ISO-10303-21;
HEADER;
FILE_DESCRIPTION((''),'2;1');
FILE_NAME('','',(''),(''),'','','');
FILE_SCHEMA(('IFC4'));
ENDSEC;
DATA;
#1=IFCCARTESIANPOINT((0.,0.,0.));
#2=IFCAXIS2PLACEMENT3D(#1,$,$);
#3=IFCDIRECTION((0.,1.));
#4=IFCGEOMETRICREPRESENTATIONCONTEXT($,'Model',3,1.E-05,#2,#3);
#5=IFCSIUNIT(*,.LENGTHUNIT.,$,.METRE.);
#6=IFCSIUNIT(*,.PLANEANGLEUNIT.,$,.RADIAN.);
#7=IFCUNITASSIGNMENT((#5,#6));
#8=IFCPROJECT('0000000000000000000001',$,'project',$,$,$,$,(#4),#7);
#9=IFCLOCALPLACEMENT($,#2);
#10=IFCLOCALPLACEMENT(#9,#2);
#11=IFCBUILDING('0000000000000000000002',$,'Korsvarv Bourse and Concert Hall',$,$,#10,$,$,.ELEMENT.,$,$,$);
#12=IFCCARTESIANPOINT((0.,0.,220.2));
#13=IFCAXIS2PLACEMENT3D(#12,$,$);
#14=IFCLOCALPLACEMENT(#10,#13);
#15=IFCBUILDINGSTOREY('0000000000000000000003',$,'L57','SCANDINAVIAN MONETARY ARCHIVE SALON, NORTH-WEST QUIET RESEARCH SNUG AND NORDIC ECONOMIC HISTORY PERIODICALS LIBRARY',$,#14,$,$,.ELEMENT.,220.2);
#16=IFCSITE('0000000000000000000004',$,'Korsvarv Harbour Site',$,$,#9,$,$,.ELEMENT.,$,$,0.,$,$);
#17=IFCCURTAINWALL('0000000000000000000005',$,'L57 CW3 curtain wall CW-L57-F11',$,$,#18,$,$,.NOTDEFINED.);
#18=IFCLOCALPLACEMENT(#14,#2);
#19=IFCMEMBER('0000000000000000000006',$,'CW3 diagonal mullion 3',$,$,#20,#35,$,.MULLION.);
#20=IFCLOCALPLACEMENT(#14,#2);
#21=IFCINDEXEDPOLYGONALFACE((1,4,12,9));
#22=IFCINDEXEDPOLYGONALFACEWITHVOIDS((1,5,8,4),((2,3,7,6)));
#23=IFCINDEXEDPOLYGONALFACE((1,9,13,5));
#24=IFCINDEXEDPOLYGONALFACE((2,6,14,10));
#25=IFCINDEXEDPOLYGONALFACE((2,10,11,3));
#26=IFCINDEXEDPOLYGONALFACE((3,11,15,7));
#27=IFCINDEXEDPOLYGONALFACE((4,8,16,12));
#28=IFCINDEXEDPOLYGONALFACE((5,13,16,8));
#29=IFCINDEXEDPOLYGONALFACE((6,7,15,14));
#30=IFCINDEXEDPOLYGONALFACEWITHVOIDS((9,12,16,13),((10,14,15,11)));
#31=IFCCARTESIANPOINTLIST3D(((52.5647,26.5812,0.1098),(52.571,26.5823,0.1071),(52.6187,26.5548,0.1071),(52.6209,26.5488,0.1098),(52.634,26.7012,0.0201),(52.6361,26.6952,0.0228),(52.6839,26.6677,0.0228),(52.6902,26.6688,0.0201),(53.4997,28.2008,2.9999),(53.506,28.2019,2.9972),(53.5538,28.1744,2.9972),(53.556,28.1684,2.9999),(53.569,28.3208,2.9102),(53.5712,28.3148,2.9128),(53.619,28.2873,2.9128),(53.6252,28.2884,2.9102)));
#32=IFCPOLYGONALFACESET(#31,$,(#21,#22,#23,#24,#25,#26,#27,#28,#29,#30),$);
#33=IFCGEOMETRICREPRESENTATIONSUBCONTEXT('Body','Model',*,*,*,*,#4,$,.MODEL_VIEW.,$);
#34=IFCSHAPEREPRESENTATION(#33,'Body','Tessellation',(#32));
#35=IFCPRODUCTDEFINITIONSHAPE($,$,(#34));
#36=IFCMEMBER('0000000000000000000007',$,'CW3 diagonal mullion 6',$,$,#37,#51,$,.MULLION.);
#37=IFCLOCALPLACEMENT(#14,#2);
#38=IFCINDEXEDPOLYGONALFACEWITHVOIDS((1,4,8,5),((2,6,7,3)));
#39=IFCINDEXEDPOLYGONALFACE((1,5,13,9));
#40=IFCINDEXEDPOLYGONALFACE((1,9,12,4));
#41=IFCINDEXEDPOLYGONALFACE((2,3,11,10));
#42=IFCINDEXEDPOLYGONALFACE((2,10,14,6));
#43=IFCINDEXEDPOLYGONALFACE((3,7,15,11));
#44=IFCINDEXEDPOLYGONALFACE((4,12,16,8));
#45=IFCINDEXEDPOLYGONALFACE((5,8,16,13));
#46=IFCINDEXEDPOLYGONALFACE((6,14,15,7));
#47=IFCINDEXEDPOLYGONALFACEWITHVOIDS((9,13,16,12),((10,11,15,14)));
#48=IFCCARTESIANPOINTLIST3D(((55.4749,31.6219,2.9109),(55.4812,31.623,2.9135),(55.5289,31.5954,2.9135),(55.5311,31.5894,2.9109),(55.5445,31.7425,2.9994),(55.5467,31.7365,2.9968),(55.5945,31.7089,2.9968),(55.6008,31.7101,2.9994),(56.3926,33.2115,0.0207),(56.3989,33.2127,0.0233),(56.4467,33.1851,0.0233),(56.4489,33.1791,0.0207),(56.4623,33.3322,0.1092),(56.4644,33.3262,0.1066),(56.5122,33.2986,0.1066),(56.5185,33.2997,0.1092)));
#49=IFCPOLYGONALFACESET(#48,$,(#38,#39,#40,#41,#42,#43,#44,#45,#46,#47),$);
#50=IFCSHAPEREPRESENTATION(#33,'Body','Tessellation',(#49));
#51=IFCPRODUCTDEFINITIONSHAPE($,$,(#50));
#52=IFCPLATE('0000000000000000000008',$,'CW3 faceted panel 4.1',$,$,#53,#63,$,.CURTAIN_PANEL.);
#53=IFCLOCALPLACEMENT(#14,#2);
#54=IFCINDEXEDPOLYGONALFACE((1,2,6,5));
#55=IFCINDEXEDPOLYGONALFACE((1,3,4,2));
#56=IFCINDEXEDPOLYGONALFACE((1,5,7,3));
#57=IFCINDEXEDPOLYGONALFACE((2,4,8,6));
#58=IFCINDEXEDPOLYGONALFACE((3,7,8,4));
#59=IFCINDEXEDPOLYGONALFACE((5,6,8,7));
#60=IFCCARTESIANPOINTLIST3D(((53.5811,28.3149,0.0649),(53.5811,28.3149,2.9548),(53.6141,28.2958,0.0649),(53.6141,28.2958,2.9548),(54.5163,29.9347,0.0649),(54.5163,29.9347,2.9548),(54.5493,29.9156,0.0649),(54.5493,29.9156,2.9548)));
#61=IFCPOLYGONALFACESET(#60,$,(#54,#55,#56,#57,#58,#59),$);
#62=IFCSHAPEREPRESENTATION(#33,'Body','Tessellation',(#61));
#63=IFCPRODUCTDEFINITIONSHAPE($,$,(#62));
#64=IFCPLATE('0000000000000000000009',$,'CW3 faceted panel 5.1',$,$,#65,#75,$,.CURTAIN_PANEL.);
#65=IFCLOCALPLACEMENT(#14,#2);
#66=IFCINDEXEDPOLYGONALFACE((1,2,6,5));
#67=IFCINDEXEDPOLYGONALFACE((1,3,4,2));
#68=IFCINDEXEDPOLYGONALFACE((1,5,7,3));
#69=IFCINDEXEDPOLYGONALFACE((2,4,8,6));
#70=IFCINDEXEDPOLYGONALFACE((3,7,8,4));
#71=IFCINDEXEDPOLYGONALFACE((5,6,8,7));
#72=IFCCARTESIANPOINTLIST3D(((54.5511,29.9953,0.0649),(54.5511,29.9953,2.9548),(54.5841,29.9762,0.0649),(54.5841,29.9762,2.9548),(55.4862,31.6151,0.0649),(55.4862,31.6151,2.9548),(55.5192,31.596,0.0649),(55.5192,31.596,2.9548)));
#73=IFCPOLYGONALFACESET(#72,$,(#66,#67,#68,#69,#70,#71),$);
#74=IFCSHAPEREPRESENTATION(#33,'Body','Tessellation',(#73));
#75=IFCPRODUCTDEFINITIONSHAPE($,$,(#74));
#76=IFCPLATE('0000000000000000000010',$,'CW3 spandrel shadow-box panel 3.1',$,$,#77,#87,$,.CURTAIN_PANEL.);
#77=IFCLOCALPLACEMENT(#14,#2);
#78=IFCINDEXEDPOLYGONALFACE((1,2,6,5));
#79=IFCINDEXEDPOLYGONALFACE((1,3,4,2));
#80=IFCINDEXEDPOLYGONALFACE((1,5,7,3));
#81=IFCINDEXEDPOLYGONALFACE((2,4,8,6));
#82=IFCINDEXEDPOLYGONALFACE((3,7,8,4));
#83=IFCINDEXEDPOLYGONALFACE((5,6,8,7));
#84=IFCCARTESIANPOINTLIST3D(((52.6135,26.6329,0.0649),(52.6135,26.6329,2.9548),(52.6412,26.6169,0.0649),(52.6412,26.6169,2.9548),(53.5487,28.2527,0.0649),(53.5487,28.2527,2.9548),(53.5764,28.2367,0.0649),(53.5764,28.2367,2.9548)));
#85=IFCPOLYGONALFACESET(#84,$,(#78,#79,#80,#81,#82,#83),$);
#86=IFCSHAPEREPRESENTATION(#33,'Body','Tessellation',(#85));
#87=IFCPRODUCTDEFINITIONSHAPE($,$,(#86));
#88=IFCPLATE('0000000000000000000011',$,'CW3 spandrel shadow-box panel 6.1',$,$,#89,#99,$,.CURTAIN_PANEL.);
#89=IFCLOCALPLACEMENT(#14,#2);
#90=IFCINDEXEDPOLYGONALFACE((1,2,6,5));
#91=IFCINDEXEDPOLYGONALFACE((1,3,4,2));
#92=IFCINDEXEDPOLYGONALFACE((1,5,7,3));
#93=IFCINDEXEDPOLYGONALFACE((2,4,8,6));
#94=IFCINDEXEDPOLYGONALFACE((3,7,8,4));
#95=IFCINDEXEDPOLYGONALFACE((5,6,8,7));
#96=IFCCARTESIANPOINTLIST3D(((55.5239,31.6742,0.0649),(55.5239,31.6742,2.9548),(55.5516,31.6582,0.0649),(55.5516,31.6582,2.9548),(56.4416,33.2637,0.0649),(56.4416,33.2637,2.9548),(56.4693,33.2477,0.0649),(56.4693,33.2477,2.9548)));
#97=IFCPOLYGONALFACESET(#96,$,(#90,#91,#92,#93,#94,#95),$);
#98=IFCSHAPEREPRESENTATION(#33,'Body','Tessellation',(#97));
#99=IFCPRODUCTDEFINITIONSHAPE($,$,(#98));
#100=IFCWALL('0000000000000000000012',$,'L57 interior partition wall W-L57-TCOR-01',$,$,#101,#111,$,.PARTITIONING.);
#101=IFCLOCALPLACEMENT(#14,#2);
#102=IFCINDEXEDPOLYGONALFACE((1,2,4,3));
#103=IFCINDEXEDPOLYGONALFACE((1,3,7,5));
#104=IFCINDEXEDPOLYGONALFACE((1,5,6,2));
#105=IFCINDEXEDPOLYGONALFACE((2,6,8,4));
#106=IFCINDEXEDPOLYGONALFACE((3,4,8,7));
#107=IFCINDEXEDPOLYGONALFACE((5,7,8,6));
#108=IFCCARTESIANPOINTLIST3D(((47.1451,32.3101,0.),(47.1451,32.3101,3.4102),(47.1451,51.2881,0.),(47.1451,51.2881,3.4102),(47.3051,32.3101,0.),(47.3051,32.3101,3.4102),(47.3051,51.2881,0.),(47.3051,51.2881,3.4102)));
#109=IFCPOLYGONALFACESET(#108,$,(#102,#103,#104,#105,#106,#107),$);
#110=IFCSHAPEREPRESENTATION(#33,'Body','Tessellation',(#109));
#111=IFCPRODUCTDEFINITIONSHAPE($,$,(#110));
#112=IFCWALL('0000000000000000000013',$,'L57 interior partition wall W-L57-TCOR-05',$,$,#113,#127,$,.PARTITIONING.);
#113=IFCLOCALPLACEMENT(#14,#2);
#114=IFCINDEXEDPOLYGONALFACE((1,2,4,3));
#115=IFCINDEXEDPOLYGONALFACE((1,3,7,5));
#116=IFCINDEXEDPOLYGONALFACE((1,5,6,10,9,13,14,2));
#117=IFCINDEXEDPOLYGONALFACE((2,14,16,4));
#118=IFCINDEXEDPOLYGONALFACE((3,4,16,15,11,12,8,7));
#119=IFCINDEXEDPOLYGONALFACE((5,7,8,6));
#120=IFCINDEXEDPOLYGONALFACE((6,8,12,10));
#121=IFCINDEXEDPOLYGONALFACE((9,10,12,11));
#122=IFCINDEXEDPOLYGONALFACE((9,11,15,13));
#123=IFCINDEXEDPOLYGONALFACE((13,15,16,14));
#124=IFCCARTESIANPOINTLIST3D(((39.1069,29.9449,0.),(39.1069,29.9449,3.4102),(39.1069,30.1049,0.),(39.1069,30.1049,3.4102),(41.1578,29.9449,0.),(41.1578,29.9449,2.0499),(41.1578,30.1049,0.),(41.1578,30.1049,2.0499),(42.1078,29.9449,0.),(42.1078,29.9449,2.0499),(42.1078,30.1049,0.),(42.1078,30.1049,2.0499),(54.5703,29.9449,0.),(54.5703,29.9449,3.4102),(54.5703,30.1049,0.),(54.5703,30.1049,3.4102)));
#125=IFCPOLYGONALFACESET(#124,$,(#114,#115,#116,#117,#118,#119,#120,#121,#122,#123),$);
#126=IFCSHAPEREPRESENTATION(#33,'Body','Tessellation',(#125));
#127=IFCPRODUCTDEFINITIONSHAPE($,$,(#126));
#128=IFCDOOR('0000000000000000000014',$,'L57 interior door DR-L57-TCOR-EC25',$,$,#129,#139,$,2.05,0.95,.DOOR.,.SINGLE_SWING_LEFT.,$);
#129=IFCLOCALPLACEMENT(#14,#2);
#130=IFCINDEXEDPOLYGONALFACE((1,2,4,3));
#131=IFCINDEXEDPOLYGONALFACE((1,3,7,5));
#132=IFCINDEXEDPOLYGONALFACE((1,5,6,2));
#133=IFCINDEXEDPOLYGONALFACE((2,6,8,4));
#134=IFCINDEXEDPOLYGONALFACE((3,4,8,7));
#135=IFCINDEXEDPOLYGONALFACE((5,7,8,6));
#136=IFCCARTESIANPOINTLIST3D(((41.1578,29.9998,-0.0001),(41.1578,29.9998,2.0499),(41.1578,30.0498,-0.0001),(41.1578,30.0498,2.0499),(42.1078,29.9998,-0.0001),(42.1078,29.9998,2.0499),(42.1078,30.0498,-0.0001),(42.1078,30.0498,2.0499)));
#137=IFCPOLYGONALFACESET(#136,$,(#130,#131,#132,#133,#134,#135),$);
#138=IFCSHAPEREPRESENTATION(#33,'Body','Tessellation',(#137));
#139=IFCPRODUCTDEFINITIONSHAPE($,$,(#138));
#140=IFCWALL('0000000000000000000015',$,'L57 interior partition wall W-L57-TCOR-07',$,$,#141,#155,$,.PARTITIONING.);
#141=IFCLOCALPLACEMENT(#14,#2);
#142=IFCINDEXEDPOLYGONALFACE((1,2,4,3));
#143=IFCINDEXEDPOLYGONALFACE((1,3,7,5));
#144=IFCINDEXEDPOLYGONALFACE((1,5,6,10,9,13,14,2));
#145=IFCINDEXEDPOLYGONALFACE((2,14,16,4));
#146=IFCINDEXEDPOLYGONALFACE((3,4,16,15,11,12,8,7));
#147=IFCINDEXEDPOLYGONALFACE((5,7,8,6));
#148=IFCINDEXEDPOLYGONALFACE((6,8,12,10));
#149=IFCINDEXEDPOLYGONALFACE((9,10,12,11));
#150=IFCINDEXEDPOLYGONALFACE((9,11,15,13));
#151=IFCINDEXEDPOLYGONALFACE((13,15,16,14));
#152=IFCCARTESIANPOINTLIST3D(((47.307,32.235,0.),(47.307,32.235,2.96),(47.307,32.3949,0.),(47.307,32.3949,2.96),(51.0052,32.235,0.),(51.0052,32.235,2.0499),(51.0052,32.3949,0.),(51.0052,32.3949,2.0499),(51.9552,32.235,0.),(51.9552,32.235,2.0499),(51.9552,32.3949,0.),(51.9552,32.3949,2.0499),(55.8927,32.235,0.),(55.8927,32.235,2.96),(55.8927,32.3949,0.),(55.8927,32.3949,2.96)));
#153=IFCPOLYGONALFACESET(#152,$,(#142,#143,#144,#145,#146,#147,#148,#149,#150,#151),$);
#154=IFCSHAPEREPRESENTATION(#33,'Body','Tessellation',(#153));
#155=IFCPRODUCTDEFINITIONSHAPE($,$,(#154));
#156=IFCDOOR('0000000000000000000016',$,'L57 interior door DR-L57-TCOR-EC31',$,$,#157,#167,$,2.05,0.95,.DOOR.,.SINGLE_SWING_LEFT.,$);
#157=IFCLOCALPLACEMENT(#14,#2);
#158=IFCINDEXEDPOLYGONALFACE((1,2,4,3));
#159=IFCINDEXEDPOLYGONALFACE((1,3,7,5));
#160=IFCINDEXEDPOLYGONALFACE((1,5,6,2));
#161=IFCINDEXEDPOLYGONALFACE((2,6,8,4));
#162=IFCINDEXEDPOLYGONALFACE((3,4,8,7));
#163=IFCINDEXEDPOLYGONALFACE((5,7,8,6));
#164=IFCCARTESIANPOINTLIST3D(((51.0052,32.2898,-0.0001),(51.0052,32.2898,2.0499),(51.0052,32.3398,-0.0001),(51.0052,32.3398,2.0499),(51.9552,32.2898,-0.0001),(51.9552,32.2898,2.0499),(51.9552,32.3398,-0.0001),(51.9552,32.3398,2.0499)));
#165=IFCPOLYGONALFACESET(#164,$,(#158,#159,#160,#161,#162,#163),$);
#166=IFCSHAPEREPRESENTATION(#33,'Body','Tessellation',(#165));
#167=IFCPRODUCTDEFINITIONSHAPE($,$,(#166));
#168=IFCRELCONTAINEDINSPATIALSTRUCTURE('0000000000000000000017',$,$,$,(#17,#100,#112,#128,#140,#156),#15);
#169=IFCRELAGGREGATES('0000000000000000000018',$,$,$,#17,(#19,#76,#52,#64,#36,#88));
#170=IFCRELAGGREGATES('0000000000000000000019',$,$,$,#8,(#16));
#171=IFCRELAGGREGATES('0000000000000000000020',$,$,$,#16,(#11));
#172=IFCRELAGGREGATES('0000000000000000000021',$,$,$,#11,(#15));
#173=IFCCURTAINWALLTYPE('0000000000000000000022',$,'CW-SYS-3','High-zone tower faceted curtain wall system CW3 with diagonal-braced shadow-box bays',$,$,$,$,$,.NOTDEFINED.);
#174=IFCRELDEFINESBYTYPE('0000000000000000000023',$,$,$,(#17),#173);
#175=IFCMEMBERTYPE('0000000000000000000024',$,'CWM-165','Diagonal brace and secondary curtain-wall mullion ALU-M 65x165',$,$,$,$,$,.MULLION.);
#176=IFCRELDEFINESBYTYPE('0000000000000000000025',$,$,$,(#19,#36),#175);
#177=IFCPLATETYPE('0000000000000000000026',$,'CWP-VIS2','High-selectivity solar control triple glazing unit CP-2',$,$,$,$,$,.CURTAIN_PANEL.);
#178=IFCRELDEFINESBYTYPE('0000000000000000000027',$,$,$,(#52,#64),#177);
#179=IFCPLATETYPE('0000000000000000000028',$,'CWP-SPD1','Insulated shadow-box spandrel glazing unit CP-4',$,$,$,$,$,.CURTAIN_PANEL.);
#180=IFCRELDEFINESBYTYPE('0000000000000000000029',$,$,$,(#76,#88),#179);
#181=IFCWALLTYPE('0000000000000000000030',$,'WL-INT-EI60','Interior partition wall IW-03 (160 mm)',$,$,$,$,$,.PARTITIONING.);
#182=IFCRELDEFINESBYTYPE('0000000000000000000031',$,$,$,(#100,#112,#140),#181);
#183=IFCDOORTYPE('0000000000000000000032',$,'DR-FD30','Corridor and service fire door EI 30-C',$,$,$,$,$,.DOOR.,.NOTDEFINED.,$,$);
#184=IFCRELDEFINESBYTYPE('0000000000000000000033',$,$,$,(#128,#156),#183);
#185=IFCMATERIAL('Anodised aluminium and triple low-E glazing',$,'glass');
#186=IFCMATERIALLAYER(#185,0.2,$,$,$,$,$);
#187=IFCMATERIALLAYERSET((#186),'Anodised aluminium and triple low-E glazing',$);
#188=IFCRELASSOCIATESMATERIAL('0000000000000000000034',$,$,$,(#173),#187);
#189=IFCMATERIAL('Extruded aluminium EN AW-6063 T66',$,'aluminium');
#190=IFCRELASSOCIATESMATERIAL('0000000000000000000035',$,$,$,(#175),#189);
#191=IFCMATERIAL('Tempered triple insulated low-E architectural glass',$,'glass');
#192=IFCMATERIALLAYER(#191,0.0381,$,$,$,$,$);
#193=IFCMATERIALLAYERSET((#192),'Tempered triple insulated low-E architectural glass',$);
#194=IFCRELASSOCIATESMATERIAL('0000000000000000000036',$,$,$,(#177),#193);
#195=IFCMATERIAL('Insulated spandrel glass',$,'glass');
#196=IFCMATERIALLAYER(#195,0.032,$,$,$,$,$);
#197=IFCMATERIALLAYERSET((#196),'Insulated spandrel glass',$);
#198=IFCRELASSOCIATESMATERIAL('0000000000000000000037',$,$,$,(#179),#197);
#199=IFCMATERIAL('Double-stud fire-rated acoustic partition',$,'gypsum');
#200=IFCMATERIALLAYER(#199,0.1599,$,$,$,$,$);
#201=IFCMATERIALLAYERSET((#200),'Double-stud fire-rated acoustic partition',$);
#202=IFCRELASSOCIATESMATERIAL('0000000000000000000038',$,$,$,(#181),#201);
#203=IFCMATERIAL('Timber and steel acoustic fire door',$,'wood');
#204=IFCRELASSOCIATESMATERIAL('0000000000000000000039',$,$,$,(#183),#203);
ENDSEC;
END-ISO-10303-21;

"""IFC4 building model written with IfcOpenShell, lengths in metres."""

from ifc_helpers import new_model, si_unit, direction, frame, frame_2d, origin, origin_2d, place, context, subcontext, project, spatial, rectangle, hollow_rectangle, extrude, source, transform, mapped, material, layer, layer_set, material_profile, profile_set, type_object, element, fill, aggregate, save


model = new_model("IFC4")

# Units and contexts
model_context = context("Model", 3, precision=1e-05, world=origin(), true_north=direction((0.0, 1.0)))
body_context = subcontext(model_context, "Body", "Model", "MODEL_VIEW")
ifc_project = project(units=[si_unit("LENGTHUNIT", "METRE"), si_unit("PLANEANGLEUNIT", "RADIAN")], contexts=[model_context])

# Site, building, storey
site_placement = place(None, origin())
site = spatial("IfcSite", under=ifc_project, at=site_placement, Name="Korsvarv Harbour Site", CompositionType="ELEMENT", RefElevation=0.0)
building_placement = place(site_placement, origin())
building = spatial("IfcBuilding", under=site, at=building_placement, Name="Korsvarv Bourse and Concert Hall", CompositionType="ELEMENT")
storey_placement = place(building_placement, frame((0.0, 0.0, 220.2)))
storey = spatial("IfcBuildingStorey", under=building, at=storey_placement, Name="L57", Description="SCANDINAVIAN MONETARY ARCHIVE SALON, NORTH-WEST QUIET RESEARCH SNUG AND NORDIC ECONOMIC HISTORY PERIODICALS LIBRARY", CompositionType="ELEMENT", Elevation=220.2)

# Curtain wall, members, plates
ifc_material_1 = material(Name="Anodised aluminium and triple low-E glazing", Category="glass")
ifc_layer_1 = layer(ifc_material_1, 0.2)
ifc_layer_set_1 = layer_set([ifc_layer_1], Name="Anodised aluminium and triple low-E glazing")
curtain_wall_type = type_object("IfcCurtainWallType", Name="CW-SYS-3", Description="High-zone tower faceted curtain wall system CW3 with diagonal-braced shadow-box bays", PredefinedType="NOTDEFINED", material=ifc_layer_set_1)
curtain_wall_placement = place(storey_placement, origin())
curtain_wall = element("IfcCurtainWall", 1, at=curtain_wall_placement, inside=storey, type_object=curtain_wall_type, Name="L57 CW3 curtain wall CW-L57-F11", PredefinedType="NOTDEFINED")
ifc_material_2 = material(Name="Extruded aluminium EN AW-6063 T66", Category="aluminium")
ifc_material_profile_1 = material_profile(ifc_material_2, hollow_rectangle(XDim=0.0649, YDim=0.165, WallThickness=0.0049, at=origin_2d()), Name="ALU-M 65x165")
ifc_profile_set_1 = profile_set([ifc_material_profile_1], Name="Extruded aluminium EN AW-6063 T66")
member_type_1 = type_object("IfcMemberType", Name="CWM-165", Description="Diagonal brace and secondary curtain-wall mullion ALU-M 65x165", PredefinedType="MULLION", material=ifc_profile_set_1)
shared_shape_1 = source(origin(), body_context, "Body", "SweptSolid", [
    extrude(hollow_rectangle(XDim=0.0649, YDim=0.165, WallThickness=0.0049, at=origin_2d()), origin(), (0.0, 0.0, 1.0), 3.4424),
])
member_1_placement = place(storey_placement, frame((52.6274, 26.625, 0.0649), z_axis=(0.271626, 0.470488, 0.839559), x_axis=(-0.866033, 0.499986, 0.0)))
member_1 = element("IfcMember", 2, at=member_1_placement, type_object=member_type_1, Name="CW3 diagonal mullion 3", PredefinedType="MULLION", context=body_context, shape_type="MappedRepresentation", body=[
    mapped(shared_shape_1, transform((0.0, 0.0, 0.0), scale=1.0)),
])
shared_shape_2 = source(origin(), body_context, "Body", "SweptSolid", [
    extrude(hollow_rectangle(XDim=0.0649, YDim=0.165, WallThickness=0.0049, at=origin_2d()), origin(), (0.0, 0.0, 1.0), 3.4238),
])
member_2_placement = place(storey_placement, frame((56.4556, 33.2556, 0.0649), z_axis=(-0.268048, -0.464289, 0.844148), x_axis=(0.866033, -0.499987, 0.0)))
member_2 = element("IfcMember", 3, at=member_2_placement, type_object=member_type_1, Name="CW3 diagonal mullion 6", PredefinedType="MULLION", context=body_context, shape_type="MappedRepresentation", body=[
    mapped(shared_shape_2, transform((0.0, 0.0, 0.0), scale=1.0)),
])
ifc_material_3 = material(Name="Tempered triple insulated low-E architectural glass", Category="glass")
ifc_layer_2 = layer(ifc_material_3, 0.0381)
ifc_layer_set_2 = layer_set([ifc_layer_2], Name="Tempered triple insulated low-E architectural glass")
plate_type_1 = type_object("IfcPlateType", Name="CWP-VIS2", Description="High-selectivity solar control triple glazing unit CP-2", PredefinedType="CURTAIN_PANEL", material=ifc_layer_set_2)
shared_shape_3 = source(origin(), body_context, "Body", "SweptSolid", [
    extrude(rectangle(XDim=1.8704, YDim=0.0381, at=origin_2d()), origin(), (0.0, 0.0, 1.0), 2.8899),
])
plate_1_placement = place(storey_placement, frame((54.0652, 29.1152, 0.0649), z_axis=(0.0, 0.0, 1.0), x_axis=(0.499992, 0.86603, 0.0)))
plate_1 = element("IfcPlate", 4, at=plate_1_placement, type_object=plate_type_1, Name="CW3 faceted panel 4.1", PredefinedType="CURTAIN_PANEL", context=body_context, shape_type="MappedRepresentation", body=[
    mapped(shared_shape_3, transform((0.0, 0.0, 0.0), scale=1.0)),
])
plate_2_placement = place(storey_placement, frame((55.0352, 30.7957, 0.0649), z_axis=(0.0, 0.0, 1.0), x_axis=(0.499992, 0.86603, 0.0)))
plate_2 = element("IfcPlate", 5, at=plate_2_placement, type_object=plate_type_1, Name="CW3 faceted panel 5.1", PredefinedType="CURTAIN_PANEL", context=body_context, shape_type="MappedRepresentation", body=[
    mapped(shared_shape_3, transform((0.0, 0.0, 0.0), scale=1.0)),
])
ifc_material_4 = material(Name="Insulated spandrel glass", Category="glass")
ifc_layer_3 = layer(ifc_material_4, 0.032)
ifc_layer_set_3 = layer_set([ifc_layer_3], Name="Insulated spandrel glass")
plate_type_2 = type_object("IfcPlateType", Name="CWP-SPD1", Description="Insulated shadow-box spandrel glazing unit CP-4", PredefinedType="CURTAIN_PANEL", material=ifc_layer_set_3)
shared_shape_4 = source(origin(), body_context, "Body", "SweptSolid", [
    extrude(rectangle(XDim=1.8704, YDim=0.032, at=origin_2d()), origin(), (0.0, 0.0, 1.0), 2.8899),
])
plate_3_placement = place(storey_placement, frame((53.095, 27.4348, 0.0649), z_axis=(0.0, 0.0, 1.0), x_axis=(0.499992, 0.86603, 0.0)))
plate_3 = element("IfcPlate", 6, at=plate_3_placement, type_object=plate_type_2, Name="CW3 spandrel shadow-box panel 3.1", PredefinedType="CURTAIN_PANEL", context=body_context, shape_type="MappedRepresentation", body=[
    mapped(shared_shape_4, transform((0.0, 0.0, 0.0), scale=1.0)),
])
shared_shape_5 = source(origin(), body_context, "Body", "SweptSolid", [
    extrude(rectangle(XDim=1.8354, YDim=0.032, at=origin_2d()), origin(), (0.0, 0.0, 1.0), 2.8899),
])
plate_4_placement = place(storey_placement, frame((55.9966, 32.4609, 0.0649), z_axis=(0.0, 0.0, 1.0), x_axis=(0.499992, 0.86603, 0.0)))
plate_4 = element("IfcPlate", 7, at=plate_4_placement, type_object=plate_type_2, Name="CW3 spandrel shadow-box panel 6.1", PredefinedType="CURTAIN_PANEL", context=body_context, shape_type="MappedRepresentation", body=[
    mapped(shared_shape_5, transform((0.0, 0.0, 0.0), scale=1.0)),
])
aggregate(curtain_wall, [member_1, plate_3, plate_1, plate_2, member_2, plate_4])

# Wall
ifc_material_5 = material(Name="Double-stud fire-rated acoustic partition", Category="gypsum")
ifc_layer_4 = layer(ifc_material_5, 0.1599)
ifc_layer_set_4 = layer_set([ifc_layer_4], Name="Double-stud fire-rated acoustic partition")
wall_type_1 = type_object("IfcWallType", Name="WL-INT-EI60", Description="Interior partition wall IW-03 (160 mm)", PredefinedType="PARTITIONING", material=ifc_layer_set_4)
wall_1_placement = place(storey_placement, frame((47.2251, 32.3101, 0.0), z_axis=(0.0, 0.0, 1.0), x_axis=(0.0, 1.0, 0.0)))
element("IfcWall", 8, at=wall_1_placement, inside=storey, type_object=wall_type_1, Name="L57 interior partition wall W-L57-TCOR-01", PredefinedType="PARTITIONING", context=body_context, shape_type="SweptSolid", body=[
    extrude(rectangle(XDim=18.978, YDim=0.1599, at=frame_2d((9.489, 0.0))), origin(), (0.0, 0.0, 1.0), 3.4102),
])

# Walls, openings, doors
wall_2_placement = place(storey_placement, frame((39.1069, 30.0249, 0.0), z_axis=(0.0, 0.0, 1.0), x_axis=(1.0, 0.0, 0.0)))
wall_2 = element("IfcWall", 9, at=wall_2_placement, inside=storey, type_object=wall_type_1, Name="L57 interior partition wall W-L57-TCOR-05", PredefinedType="PARTITIONING", context=body_context, shape_type="SweptSolid", body=[
    extrude(rectangle(XDim=15.4634, YDim=0.1599, at=frame_2d((7.7317, 0.0))), origin(), (0.0, 0.0, 1.0), 3.4102),
])
opening_1_placement = place(wall_2_placement, frame((2.0508, 0.0, 0.0)))
opening_1 = element("IfcOpeningElement", 10, at=opening_1_placement, cuts=wall_2, PredefinedType="OPENING", context=body_context, shape_type="SweptSolid", body=[
    extrude(rectangle(XDim=0.95, YDim=2.05, at=frame_2d((0.4751, 1.0249))), frame((0.0, 0.0898, 0.0), z_axis=(0.0, -1.0, 0.0), x_axis=(1.0, 0.0, 0.0)), (0.0, 0.0, 1.0), 0.1799),
])
ifc_material_6 = material(Name="Timber and steel acoustic fire door", Category="wood")
door_type = type_object("IfcDoorType", Name="DR-FD30", Description="Corridor and service fire door EI 30-C", OperationType="NOTDEFINED", PredefinedType="DOOR", material=ifc_material_6)
door_1_placement = place(opening_1_placement, origin())
door_1 = element("IfcDoor", 11, at=door_1_placement, inside=storey, type_object=door_type, Name="L57 interior door DR-L57-TCOR-EC25", OperationType="SINGLE_SWING_LEFT", OverallHeight=2.05, OverallWidth=0.95, PredefinedType="DOOR", context=body_context, shape_type="SweptSolid", body=[
    extrude(rectangle(XDim=0.95, YDim=2.05, at=frame_2d((0.4751, 1.0249))), frame((0.0, 0.0249, 0.0), z_axis=(0.0, -1.0, 0.0), x_axis=(1.0, 0.0, 0.0)), (0.0, 0.0, 1.0), 0.05),
])
fill(opening_1, door_1)
wall_3_placement = place(storey_placement, frame((47.3069, 32.3149, 0.0), z_axis=(0.0, 0.0, 1.0), x_axis=(1.0, 0.0, 0.0)))
wall_3 = element("IfcWall", 12, at=wall_3_placement, inside=storey, type_object=wall_type_1, Name="L57 interior partition wall W-L57-TCOR-07", PredefinedType="PARTITIONING", context=body_context, shape_type="SweptSolid", body=[
    extrude(rectangle(XDim=8.5857, YDim=0.1599, at=frame_2d((4.293, 0.0))), origin(), (0.0, 0.0, 1.0), 2.96),
])
opening_2_placement = place(wall_3_placement, frame((3.6982, 0.0, 0.0)))
opening_2 = element("IfcOpeningElement", 13, at=opening_2_placement, cuts=wall_3, PredefinedType="OPENING", context=body_context, shape_type="SweptSolid", body=[
    extrude(rectangle(XDim=0.95, YDim=2.05, at=frame_2d((0.4751, 1.0249))), frame((0.0, 0.0898, 0.0), z_axis=(0.0, -1.0, 0.0), x_axis=(1.0, 0.0, 0.0)), (0.0, 0.0, 1.0), 0.1799),
])
door_2_placement = place(opening_2_placement, origin())
door_2 = element("IfcDoor", 14, at=door_2_placement, inside=storey, type_object=door_type, Name="L57 interior door DR-L57-TCOR-EC31", OperationType="SINGLE_SWING_LEFT", OverallHeight=2.05, OverallWidth=0.95, PredefinedType="DOOR", context=body_context, shape_type="SweptSolid", body=[
    extrude(rectangle(XDim=0.95, YDim=2.05, at=frame_2d((0.4751, 1.0249))), frame((0.0, 0.0249, 0.0), z_axis=(0.0, -1.0, 0.0), x_axis=(1.0, 0.0, 0.0)), (0.0, 0.0, 1.0), 0.05),
])
fill(opening_2, door_2)

save(model, "model.ifc")
